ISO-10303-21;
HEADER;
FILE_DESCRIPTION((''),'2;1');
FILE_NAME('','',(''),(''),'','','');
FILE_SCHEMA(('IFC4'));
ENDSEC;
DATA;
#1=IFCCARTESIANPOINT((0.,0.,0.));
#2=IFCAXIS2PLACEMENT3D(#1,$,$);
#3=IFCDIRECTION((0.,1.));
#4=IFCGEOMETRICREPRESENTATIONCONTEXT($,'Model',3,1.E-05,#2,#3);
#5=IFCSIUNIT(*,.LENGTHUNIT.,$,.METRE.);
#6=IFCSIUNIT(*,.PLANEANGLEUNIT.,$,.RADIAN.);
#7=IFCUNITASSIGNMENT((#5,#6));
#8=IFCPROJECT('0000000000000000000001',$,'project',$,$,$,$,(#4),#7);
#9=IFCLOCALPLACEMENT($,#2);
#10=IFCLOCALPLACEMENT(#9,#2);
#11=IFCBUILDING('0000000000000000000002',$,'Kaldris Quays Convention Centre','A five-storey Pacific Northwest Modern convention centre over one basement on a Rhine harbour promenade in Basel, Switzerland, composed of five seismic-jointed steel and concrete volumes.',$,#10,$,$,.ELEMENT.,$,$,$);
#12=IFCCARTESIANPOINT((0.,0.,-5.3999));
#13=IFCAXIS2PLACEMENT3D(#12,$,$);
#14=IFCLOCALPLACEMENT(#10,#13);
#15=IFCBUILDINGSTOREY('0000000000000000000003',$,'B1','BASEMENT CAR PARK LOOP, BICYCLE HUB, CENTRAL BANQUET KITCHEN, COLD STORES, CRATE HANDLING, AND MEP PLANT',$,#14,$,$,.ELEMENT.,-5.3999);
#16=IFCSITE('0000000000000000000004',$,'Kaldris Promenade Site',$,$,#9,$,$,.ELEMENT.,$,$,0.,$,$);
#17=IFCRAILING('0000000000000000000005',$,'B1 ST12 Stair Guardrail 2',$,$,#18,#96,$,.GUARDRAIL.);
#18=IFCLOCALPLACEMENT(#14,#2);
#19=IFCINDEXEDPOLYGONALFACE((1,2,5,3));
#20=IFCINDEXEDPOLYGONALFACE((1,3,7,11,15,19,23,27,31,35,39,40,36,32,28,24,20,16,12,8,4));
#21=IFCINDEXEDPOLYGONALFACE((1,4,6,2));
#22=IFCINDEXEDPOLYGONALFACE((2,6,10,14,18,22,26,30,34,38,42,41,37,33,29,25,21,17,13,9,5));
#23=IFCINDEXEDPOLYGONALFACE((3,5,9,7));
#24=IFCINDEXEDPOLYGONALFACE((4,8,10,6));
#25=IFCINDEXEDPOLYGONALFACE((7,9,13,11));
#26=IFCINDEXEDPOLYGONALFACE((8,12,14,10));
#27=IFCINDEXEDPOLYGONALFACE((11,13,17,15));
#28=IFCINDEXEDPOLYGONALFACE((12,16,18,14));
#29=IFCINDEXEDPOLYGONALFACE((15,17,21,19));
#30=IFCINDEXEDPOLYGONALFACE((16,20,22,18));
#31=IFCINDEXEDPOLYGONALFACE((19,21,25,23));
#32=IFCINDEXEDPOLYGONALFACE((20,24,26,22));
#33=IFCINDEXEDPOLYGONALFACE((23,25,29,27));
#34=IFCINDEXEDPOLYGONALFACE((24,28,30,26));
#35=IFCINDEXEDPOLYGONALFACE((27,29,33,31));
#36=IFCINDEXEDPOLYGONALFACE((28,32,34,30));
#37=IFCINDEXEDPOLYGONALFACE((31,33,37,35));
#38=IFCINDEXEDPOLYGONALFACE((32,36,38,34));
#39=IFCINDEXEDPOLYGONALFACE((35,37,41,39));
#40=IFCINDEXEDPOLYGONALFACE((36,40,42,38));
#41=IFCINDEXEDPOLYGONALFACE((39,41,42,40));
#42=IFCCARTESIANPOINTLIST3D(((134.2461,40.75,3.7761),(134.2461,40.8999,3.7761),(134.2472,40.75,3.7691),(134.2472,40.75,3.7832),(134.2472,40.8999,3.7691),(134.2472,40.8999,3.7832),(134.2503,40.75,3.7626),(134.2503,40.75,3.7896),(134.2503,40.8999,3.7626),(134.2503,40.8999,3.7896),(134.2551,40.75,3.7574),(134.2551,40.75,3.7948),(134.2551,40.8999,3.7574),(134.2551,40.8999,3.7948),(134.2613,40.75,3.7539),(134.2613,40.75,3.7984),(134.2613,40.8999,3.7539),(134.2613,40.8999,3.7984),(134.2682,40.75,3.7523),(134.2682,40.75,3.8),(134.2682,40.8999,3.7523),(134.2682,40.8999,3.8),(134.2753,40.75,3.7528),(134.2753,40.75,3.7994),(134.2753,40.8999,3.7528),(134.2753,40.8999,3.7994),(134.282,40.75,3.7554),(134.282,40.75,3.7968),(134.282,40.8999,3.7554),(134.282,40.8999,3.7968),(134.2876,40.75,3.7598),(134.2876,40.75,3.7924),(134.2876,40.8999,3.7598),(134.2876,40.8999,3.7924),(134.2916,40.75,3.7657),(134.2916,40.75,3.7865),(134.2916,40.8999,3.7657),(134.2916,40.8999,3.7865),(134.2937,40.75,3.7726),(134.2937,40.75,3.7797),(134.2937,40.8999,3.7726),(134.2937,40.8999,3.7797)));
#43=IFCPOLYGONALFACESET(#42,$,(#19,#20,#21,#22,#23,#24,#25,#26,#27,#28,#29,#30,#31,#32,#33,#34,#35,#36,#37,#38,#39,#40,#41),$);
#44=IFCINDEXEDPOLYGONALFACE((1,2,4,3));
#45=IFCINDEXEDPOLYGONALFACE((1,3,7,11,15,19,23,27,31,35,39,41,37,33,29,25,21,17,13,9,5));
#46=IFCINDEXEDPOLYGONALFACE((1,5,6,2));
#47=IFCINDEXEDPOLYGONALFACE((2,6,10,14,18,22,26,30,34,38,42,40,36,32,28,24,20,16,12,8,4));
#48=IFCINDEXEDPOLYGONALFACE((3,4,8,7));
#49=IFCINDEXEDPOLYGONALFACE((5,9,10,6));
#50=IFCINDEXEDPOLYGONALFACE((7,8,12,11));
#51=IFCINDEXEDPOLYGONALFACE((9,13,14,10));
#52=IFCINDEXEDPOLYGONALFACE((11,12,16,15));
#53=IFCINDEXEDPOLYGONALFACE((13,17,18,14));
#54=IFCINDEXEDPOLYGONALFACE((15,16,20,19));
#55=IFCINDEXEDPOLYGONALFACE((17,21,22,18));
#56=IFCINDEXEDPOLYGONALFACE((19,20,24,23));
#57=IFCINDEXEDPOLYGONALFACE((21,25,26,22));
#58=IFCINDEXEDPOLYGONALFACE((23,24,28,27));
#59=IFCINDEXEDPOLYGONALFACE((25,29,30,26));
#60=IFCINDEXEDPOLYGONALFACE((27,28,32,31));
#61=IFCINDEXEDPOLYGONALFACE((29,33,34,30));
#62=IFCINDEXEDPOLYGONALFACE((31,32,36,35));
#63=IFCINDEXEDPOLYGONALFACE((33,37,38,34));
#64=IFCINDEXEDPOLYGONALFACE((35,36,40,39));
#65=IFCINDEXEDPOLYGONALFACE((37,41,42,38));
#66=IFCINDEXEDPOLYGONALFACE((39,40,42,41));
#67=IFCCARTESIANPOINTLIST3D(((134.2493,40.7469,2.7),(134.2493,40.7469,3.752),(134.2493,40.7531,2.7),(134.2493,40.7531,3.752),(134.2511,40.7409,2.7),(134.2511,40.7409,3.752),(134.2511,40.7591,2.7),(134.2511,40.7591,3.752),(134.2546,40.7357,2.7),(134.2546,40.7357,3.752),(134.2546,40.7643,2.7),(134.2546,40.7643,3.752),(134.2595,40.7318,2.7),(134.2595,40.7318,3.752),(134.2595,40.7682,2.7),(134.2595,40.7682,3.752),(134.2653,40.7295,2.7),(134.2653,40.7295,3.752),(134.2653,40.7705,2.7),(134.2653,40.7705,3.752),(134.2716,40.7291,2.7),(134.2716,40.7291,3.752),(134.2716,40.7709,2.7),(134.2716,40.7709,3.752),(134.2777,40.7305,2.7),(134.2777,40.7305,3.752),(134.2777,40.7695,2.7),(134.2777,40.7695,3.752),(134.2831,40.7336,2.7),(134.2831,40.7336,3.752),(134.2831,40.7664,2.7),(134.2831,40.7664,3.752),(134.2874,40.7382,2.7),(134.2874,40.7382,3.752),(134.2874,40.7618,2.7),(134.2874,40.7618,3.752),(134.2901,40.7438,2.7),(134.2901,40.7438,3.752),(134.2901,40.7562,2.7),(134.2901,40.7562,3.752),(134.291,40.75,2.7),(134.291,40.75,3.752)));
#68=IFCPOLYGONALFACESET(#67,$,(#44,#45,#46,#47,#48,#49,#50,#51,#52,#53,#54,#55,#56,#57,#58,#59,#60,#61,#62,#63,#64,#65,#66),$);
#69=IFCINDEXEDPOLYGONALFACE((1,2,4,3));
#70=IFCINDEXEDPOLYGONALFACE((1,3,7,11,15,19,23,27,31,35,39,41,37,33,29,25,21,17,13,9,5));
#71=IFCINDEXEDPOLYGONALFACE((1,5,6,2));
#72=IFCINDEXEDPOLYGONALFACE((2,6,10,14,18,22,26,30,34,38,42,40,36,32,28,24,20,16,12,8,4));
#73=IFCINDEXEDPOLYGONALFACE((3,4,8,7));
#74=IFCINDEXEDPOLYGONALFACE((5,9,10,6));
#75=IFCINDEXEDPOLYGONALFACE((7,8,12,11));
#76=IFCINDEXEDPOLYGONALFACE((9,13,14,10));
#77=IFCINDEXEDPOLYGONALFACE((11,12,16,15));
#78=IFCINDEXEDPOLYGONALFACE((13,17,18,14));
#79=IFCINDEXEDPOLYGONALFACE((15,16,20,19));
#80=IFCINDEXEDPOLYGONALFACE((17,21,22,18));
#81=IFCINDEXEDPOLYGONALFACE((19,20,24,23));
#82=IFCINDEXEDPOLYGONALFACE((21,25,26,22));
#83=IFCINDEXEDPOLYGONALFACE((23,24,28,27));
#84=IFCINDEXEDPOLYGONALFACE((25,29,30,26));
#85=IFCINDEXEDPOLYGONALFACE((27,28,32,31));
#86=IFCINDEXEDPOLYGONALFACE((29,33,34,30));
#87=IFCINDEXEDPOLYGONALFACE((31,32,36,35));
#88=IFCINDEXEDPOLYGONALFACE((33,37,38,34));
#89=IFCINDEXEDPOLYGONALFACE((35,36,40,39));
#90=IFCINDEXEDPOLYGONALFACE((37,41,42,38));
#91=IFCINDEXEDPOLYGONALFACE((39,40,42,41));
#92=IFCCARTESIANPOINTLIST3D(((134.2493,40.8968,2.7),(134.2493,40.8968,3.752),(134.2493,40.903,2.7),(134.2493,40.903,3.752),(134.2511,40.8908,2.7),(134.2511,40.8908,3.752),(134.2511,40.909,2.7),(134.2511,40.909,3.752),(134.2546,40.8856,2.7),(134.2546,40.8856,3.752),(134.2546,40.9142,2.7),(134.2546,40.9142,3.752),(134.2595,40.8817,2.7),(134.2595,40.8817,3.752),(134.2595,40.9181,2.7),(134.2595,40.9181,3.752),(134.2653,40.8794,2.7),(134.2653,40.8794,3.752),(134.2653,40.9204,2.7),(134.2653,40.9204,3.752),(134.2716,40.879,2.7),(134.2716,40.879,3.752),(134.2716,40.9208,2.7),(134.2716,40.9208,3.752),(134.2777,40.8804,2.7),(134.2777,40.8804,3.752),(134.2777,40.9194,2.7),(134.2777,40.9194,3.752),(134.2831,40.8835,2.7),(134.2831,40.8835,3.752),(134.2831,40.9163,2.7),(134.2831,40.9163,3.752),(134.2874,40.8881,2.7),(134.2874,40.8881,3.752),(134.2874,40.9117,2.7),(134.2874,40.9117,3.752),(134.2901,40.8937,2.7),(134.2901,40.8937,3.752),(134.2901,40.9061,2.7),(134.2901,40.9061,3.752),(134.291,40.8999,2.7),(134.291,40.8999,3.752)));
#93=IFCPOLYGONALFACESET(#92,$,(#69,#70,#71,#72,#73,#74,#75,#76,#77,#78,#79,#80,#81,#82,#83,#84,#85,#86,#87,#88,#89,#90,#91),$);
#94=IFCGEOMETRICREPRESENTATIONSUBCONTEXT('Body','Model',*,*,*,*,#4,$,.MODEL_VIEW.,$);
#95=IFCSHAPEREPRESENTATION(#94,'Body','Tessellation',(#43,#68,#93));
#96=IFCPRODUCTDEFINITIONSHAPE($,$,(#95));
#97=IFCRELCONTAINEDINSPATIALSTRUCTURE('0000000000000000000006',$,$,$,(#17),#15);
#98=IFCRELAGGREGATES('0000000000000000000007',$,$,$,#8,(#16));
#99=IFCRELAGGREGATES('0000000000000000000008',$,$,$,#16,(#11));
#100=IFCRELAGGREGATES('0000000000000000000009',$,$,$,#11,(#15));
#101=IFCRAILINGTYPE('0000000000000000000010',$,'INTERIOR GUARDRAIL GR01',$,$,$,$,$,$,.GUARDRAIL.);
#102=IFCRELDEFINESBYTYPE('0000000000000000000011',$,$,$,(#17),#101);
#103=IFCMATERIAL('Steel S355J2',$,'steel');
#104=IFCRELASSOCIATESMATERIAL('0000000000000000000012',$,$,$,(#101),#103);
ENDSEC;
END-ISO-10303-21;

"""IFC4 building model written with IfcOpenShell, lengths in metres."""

from ifc_helpers import new_model, si_unit, direction, frame, origin, origin_2d, place, context, subcontext, project, spatial, circle, extrude, material, type_object, element, save


model = new_model("IFC4")

# Units and contexts
model_context = context("Model", 3, precision=1e-05, world=origin(), true_north=direction((0.0, 1.0)))
body_context = subcontext(model_context, "Body", "Model", "MODEL_VIEW")
ifc_project = project(units=[si_unit("LENGTHUNIT", "METRE"), si_unit("PLANEANGLEUNIT", "RADIAN")], contexts=[model_context])

# Site, building, storey
site_placement = place(None, origin())
site = spatial("IfcSite", under=ifc_project, at=site_placement, Name="Kaldris Promenade Site", CompositionType="ELEMENT", RefElevation=0.0)
building_placement = place(site_placement, origin())
building = spatial("IfcBuilding", under=site, at=building_placement, Name="Kaldris Quays Convention Centre", Description="A five-storey Pacific Northwest Modern convention centre over one basement on a Rhine harbour promenade in Basel, Switzerland, composed of five seismic-jointed steel and concrete volumes.", CompositionType="ELEMENT")
storey_placement = place(building_placement, frame((0.0, 0.0, -5.3999)))
storey = spatial("IfcBuildingStorey", under=building, at=storey_placement, Name="B1", Description="BASEMENT CAR PARK LOOP, BICYCLE HUB, CENTRAL BANQUET KITCHEN, COLD STORES, CRATE HANDLING, AND MEP PLANT", CompositionType="ELEMENT", Elevation=-5.3999)

# Shared definitions
ifc_material_1 = material(Name="Steel S355J2", Category="steel")

# Railing
railing_type_1 = type_object("IfcRailingType", Name="INTERIOR GUARDRAIL GR01", PredefinedType="GUARDRAIL", material=ifc_material_1)
railing_1_placement = place(storey_placement, frame((134.27, 40.75, 2.7)))
element("IfcRailing", 1, at=railing_1_placement, inside=storey, type_object=railing_type_1, Name="B1 ST12 Stair Guardrail 2", PredefinedType="GUARDRAIL", context=body_context, shape_type="SweptSolid", body=[
    extrude(circle(Radius=0.0239, at=origin_2d()), frame((0.0, 0.0, 1.0762), z_axis=(0.0, 1.0, 0.0), x_axis=(-1.0, 0.0, 0.0)), (0.0, 0.0, 1.0), 0.1499),
    extrude(circle(Radius=0.021, at=origin_2d()), origin(), (0.0, 0.0, 1.0), 1.052),
    extrude(circle(Radius=0.021, at=origin_2d()), frame((0.0, 0.1499, 0.0)), (0.0, 0.0, 1.0), 1.052),
])

save(model, "model.ifc")
